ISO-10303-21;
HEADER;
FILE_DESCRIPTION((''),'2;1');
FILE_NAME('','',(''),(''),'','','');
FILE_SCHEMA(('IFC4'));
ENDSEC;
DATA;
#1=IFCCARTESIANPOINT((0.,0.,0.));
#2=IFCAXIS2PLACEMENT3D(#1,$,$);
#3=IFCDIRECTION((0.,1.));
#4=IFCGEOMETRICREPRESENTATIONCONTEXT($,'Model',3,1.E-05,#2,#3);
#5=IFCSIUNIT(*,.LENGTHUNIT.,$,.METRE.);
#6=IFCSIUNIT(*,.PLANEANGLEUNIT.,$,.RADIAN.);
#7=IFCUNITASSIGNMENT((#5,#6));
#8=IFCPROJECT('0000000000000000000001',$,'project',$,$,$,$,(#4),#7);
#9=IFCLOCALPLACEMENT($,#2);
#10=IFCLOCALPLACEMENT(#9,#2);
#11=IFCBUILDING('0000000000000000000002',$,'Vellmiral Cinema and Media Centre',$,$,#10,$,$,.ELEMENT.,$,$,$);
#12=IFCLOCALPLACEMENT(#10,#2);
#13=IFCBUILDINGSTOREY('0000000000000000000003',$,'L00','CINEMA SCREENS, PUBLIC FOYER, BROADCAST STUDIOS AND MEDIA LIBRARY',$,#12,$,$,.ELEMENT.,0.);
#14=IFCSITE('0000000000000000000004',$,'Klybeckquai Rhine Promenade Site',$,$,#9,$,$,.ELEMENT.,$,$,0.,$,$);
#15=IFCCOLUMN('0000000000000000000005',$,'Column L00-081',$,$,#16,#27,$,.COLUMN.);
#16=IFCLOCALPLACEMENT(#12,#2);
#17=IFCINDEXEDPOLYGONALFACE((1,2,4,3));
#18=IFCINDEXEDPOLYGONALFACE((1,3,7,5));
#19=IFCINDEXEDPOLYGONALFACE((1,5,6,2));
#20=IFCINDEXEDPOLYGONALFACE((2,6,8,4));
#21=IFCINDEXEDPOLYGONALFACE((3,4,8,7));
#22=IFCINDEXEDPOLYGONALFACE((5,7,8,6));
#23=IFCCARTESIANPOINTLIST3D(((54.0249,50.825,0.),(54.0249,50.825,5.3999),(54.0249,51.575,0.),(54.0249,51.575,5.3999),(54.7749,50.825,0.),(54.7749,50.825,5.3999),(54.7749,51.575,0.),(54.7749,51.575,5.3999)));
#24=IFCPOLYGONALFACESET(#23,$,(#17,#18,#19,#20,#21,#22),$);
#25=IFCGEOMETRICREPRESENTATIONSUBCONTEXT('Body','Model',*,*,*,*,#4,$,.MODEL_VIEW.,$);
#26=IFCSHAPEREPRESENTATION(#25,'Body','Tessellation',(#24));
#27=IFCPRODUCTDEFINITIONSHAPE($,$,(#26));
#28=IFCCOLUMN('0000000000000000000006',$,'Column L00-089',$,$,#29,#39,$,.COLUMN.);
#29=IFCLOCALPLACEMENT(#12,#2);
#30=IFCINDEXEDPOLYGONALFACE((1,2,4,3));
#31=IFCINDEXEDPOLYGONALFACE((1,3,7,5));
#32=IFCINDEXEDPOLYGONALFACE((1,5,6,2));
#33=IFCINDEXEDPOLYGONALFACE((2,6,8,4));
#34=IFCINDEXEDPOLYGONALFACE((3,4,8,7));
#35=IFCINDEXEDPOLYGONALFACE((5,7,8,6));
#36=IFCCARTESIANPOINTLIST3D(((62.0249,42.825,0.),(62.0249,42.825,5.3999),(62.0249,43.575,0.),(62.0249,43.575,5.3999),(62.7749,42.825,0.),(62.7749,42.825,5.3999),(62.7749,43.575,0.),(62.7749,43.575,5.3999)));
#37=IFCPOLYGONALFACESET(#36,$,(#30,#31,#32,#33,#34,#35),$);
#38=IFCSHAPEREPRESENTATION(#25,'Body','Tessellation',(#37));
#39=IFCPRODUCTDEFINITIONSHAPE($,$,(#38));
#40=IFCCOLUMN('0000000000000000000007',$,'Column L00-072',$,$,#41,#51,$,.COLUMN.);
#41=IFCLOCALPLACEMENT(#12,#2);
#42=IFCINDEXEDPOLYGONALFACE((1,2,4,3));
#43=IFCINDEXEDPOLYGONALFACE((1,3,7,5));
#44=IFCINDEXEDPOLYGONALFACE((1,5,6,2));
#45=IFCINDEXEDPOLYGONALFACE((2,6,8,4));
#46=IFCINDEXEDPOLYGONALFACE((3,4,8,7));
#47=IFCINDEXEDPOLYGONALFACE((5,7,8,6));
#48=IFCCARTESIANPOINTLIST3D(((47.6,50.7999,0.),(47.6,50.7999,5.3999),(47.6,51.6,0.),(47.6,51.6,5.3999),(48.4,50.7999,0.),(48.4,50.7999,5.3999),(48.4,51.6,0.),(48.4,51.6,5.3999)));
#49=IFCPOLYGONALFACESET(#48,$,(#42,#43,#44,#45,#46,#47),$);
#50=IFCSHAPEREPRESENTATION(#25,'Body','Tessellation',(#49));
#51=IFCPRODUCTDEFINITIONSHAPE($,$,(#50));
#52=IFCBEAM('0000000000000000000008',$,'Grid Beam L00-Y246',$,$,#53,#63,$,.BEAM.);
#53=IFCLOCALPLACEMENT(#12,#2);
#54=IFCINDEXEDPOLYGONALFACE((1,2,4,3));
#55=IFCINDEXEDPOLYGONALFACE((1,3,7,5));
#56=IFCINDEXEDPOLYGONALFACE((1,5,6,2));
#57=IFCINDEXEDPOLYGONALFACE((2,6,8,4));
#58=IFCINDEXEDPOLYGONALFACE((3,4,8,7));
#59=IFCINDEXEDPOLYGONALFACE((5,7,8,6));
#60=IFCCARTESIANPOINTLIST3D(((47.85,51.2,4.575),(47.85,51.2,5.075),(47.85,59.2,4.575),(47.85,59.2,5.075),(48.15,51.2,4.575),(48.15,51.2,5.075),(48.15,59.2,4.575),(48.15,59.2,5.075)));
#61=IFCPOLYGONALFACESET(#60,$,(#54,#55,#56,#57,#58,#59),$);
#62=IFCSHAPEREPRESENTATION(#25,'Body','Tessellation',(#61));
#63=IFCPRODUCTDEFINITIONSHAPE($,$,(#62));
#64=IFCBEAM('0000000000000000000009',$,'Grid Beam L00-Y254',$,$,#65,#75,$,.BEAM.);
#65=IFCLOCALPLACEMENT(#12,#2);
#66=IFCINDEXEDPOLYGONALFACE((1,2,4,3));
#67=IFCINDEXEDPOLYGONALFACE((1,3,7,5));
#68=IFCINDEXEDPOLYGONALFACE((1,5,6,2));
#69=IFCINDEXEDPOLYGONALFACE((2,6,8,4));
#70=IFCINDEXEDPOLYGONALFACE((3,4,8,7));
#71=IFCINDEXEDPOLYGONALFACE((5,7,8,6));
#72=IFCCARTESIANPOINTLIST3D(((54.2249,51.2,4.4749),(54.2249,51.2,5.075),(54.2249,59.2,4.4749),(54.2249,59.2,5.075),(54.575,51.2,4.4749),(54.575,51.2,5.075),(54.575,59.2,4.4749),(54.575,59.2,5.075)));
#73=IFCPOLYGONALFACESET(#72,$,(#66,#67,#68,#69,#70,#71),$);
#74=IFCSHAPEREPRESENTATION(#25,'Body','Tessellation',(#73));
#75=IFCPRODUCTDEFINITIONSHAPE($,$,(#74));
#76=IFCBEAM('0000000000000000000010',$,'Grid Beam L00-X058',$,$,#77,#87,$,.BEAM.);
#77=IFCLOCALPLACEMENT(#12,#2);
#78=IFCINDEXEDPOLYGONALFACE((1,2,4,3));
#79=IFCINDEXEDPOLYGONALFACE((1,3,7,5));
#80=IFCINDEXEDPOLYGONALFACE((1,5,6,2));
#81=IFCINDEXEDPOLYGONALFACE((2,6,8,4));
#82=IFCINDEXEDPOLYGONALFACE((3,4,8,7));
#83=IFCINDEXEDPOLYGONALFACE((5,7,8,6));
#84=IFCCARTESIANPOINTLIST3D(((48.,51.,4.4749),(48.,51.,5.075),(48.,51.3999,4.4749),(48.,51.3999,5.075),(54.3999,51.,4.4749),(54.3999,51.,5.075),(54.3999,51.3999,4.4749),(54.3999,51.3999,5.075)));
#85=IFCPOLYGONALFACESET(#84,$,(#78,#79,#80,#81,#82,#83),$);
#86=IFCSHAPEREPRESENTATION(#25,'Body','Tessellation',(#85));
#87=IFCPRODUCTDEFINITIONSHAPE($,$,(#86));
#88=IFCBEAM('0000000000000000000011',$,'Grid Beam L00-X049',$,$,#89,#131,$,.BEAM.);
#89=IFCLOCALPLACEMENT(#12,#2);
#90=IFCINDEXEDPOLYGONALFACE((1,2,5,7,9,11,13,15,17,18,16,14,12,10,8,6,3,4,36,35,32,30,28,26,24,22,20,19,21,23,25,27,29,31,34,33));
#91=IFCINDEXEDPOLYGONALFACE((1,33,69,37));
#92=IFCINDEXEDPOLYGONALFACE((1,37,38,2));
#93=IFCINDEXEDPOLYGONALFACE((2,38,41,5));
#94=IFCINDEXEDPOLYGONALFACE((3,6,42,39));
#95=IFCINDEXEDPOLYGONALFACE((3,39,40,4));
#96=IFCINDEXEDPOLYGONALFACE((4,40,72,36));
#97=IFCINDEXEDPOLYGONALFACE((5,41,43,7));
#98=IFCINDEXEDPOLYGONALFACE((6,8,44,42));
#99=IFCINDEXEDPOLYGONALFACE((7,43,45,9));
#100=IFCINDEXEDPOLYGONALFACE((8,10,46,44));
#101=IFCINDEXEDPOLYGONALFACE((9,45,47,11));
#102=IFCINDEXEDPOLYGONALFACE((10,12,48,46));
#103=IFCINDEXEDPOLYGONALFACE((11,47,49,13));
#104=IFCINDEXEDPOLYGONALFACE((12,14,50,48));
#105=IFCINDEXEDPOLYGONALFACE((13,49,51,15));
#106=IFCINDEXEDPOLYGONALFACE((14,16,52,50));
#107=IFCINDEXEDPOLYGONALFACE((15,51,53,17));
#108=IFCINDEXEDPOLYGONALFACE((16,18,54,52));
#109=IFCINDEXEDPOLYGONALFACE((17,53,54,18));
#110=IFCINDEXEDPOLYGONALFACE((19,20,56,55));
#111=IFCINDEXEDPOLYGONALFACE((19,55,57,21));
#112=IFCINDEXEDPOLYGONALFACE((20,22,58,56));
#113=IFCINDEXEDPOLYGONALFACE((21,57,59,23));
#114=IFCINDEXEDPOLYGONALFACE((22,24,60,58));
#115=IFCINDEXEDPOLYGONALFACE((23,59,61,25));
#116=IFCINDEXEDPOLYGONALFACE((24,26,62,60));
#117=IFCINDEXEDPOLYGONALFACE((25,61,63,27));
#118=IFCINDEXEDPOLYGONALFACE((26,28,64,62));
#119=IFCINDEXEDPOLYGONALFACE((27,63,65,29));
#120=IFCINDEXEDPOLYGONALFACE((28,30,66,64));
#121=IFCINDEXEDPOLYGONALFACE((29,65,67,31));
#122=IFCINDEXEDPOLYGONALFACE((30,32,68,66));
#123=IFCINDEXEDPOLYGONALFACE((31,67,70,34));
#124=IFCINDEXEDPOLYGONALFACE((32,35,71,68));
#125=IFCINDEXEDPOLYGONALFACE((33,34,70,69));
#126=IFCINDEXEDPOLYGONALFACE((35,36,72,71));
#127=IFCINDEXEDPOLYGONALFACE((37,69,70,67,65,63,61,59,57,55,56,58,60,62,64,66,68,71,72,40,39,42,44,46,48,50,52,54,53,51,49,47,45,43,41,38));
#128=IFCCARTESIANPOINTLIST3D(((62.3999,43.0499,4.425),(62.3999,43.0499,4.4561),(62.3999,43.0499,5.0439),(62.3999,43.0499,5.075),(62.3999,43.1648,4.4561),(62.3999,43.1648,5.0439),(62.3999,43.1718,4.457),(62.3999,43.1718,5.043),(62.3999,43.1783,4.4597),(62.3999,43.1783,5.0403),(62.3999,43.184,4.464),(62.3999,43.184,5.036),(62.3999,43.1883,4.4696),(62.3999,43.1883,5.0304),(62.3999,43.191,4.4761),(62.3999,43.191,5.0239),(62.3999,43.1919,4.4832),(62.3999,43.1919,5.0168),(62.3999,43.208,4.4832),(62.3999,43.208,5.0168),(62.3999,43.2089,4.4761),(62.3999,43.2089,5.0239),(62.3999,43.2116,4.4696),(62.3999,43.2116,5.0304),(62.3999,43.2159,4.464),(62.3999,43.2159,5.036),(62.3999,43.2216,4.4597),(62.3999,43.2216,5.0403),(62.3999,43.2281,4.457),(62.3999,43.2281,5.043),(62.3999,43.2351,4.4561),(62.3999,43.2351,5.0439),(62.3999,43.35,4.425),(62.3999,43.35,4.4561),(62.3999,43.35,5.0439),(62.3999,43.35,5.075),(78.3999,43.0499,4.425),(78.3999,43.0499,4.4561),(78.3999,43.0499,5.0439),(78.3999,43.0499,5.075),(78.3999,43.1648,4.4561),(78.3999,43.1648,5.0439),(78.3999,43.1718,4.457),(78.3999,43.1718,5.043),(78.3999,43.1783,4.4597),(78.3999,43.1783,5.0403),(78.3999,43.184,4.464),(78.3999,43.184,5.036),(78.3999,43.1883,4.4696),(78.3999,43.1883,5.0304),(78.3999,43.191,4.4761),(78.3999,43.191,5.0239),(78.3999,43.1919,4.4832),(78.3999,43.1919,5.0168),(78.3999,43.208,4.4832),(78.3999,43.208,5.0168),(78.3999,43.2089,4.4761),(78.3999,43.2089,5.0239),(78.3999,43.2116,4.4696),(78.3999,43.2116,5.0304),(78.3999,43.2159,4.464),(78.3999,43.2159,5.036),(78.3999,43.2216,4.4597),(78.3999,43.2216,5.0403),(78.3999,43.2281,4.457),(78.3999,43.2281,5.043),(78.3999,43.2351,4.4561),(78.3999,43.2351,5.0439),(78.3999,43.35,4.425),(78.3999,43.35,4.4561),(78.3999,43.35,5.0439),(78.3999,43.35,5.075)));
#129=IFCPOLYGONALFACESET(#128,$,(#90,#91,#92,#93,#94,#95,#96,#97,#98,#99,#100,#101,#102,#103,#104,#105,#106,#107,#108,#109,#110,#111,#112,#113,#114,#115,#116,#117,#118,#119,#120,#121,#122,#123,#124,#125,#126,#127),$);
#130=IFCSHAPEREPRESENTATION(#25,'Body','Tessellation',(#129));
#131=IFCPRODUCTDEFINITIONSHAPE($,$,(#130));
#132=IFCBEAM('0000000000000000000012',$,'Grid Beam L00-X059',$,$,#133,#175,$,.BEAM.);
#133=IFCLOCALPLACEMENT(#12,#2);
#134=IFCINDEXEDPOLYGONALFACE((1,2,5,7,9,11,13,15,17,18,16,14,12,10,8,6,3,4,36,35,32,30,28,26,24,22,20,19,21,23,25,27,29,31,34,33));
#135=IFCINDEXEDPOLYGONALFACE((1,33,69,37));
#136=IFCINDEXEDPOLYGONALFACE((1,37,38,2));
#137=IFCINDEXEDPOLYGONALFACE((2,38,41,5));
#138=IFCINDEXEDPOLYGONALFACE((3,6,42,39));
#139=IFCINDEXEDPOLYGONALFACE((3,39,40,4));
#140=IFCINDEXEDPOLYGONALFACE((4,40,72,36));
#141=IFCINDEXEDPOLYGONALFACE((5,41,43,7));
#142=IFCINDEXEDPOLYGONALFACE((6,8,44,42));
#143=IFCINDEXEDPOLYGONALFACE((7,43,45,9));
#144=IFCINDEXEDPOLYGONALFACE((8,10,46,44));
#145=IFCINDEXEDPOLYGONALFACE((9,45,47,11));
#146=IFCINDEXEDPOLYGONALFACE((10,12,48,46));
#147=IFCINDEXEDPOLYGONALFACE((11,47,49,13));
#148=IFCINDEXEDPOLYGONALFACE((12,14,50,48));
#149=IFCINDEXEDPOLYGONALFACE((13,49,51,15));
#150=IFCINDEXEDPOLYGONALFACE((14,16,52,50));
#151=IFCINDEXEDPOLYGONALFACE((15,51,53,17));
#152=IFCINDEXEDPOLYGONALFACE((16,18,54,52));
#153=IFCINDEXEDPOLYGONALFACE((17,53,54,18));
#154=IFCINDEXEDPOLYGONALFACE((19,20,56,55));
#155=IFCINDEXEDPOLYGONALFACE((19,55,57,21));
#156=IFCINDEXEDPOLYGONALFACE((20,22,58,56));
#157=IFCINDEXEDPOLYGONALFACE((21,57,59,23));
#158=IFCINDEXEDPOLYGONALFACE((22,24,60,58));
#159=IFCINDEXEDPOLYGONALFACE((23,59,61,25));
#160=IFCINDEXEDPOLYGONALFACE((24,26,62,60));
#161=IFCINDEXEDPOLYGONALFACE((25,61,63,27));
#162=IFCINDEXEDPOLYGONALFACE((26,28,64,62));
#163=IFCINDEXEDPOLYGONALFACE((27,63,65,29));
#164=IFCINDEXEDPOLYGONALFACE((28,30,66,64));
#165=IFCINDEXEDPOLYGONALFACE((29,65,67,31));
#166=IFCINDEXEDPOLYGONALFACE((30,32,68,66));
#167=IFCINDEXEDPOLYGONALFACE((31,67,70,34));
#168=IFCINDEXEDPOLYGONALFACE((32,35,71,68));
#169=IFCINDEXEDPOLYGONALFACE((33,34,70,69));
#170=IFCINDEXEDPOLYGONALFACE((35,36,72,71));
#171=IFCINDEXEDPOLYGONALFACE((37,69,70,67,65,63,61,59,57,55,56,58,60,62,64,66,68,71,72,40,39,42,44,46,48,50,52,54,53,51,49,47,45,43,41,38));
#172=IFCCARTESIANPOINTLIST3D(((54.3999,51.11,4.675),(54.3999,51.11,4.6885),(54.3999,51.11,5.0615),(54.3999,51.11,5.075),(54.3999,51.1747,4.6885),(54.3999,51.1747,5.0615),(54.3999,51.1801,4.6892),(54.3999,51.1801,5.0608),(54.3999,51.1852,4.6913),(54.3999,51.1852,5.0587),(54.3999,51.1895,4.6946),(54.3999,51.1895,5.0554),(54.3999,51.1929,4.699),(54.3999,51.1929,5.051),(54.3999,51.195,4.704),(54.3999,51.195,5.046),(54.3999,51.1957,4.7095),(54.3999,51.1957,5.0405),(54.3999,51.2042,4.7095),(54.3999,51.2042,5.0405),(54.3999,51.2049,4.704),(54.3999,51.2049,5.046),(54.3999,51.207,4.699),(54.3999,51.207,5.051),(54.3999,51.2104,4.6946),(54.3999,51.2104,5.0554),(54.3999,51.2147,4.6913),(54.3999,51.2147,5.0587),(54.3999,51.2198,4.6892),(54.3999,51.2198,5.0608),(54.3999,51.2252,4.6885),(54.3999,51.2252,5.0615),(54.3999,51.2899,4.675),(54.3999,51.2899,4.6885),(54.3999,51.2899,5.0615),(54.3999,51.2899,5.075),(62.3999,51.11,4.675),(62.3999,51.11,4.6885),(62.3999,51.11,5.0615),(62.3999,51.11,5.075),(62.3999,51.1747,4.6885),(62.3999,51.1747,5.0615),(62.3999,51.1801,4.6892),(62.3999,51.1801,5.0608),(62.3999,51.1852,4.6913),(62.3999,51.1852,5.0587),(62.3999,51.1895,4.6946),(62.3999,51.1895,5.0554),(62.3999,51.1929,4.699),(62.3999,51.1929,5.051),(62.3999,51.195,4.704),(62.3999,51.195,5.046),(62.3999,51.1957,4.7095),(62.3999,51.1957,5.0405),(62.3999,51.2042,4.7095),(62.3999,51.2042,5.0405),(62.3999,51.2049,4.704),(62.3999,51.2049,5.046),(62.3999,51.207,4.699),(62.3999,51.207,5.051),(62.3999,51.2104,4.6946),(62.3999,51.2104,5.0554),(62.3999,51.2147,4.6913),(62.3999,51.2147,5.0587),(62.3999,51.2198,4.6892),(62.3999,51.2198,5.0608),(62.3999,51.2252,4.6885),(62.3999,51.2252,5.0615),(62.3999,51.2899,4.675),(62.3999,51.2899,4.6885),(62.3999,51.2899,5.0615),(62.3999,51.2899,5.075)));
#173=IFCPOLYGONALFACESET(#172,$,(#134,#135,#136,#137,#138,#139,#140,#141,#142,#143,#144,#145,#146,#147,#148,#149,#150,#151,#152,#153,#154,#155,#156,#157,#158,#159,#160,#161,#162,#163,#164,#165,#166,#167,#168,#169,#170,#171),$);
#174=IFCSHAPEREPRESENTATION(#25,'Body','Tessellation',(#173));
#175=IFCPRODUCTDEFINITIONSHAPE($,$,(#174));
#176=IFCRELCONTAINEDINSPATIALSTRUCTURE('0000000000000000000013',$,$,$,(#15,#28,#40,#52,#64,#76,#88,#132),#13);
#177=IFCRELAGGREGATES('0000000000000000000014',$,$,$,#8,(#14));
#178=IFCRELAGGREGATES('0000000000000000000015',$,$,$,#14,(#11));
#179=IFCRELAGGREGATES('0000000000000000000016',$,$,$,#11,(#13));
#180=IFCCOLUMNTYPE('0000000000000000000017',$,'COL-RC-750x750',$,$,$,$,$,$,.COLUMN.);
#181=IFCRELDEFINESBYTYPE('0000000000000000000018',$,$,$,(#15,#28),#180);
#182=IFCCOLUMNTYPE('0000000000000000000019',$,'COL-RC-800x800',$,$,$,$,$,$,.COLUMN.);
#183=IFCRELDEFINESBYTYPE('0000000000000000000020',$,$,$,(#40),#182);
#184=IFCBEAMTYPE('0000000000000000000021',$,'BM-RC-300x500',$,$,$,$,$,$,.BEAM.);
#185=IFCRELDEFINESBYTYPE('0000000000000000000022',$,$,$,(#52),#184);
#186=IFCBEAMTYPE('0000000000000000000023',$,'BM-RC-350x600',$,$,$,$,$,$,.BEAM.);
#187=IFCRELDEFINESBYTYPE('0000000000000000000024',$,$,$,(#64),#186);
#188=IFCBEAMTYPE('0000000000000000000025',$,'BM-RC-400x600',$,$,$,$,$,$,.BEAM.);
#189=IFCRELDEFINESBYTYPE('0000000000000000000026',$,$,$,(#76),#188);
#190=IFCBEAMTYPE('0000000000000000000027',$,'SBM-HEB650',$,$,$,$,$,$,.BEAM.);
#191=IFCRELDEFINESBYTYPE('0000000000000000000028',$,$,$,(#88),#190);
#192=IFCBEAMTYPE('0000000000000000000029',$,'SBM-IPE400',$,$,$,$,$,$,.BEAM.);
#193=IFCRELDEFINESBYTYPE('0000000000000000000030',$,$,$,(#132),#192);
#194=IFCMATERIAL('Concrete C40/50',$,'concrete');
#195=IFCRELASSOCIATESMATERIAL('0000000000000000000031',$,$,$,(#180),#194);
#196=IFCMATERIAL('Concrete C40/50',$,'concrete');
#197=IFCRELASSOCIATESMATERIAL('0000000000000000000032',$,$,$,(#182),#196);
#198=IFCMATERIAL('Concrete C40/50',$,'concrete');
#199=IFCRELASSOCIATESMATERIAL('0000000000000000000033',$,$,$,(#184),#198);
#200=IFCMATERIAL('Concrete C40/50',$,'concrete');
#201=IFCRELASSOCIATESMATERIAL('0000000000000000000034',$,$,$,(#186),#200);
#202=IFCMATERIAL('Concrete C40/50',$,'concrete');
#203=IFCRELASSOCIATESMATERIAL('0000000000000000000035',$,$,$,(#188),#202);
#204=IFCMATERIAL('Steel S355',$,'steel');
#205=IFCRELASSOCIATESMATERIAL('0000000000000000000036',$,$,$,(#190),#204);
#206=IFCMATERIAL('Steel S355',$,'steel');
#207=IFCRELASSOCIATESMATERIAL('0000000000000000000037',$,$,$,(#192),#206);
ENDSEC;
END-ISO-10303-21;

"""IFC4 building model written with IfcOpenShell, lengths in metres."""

from ifc_helpers import new_model, si_unit, direction, frame, origin, origin_2d, place, context, subcontext, project, spatial, rectangle, i_section, extrude, material, material_profile, profile_set, type_object, element, save


model = new_model("IFC4")

# Units and contexts
model_context = context("Model", 3, precision=1e-05, world=origin(), true_north=direction((0.0, 1.0)))
body_context = subcontext(model_context, "Body", "Model", "MODEL_VIEW")
ifc_project = project(units=[si_unit("LENGTHUNIT", "METRE"), si_unit("PLANEANGLEUNIT", "RADIAN")], contexts=[model_context])

# Site, building, storey
site_placement = place(None, origin())
site = spatial("IfcSite", under=ifc_project, at=site_placement, Name="Klybeckquai Rhine Promenade Site", CompositionType="ELEMENT", RefElevation=0.0)
building_placement = place(site_placement, origin())
building = spatial("IfcBuilding", under=site, at=building_placement, Name="Vellmiral Cinema and Media Centre", CompositionType="ELEMENT")
storey_placement = place(building_placement, origin())
storey = spatial("IfcBuildingStorey", under=building, at=storey_placement, Name="L00", Description="CINEMA SCREENS, PUBLIC FOYER, BROADCAST STUDIOS AND MEDIA LIBRARY", CompositionType="ELEMENT", Elevation=0.0)

# Columns
ifc_material_1 = material(Name="Concrete C40/50", Category="concrete")
ifc_material_profile_1 = material_profile(ifc_material_1, rectangle(XDim=0.75, YDim=0.75, at=origin_2d()), Name="RC 750x750")
ifc_profile_set_1 = profile_set([ifc_material_profile_1], Name="Concrete C40/50")
column_type_1 = type_object("IfcColumnType", Name="COL-RC-750x750", PredefinedType="COLUMN", material=ifc_profile_set_1)
for number, where, z_axis, x_axis, name in (
    (1, (54.3999, 51.2, 0.0), (0.0, 0.0, 1.0), (1.0, 0.0, 0.0), "Column L00-081"),
    (2, (62.3999, 43.2, 0.0), (0.0, 0.0, 1.0), (1.0, 0.0, 0.0), "Column L00-089"),
):
    element("IfcColumn", number, at=place(storey_placement, frame(where, z_axis=z_axis, x_axis=x_axis)), inside=storey, type_object=column_type_1, Name=name, PredefinedType="COLUMN", context=body_context, shape_type="SweptSolid", body=[
        extrude(rectangle(XDim=0.75, YDim=0.75, at=origin_2d()), origin(), (0.0, 0.0, 1.0), 5.3999),
    ])
ifc_material_2 = material(Name="Concrete C40/50", Category="concrete")
ifc_material_profile_2 = material_profile(ifc_material_2, rectangle(XDim=0.8, YDim=0.8, at=origin_2d()), Name="RC 800x800")
ifc_profile_set_2 = profile_set([ifc_material_profile_2], Name="Concrete C40/50")
column_type_2 = type_object("IfcColumnType", Name="COL-RC-800x800", PredefinedType="COLUMN", material=ifc_profile_set_2)
column_placement = place(storey_placement, frame((48.0, 51.2, 0.0), z_axis=(0.0, 0.0, 1.0), x_axis=(1.0, 0.0, 0.0)))
element("IfcColumn", 3, at=column_placement, inside=storey, type_object=column_type_2, Name="Column L00-072", PredefinedType="COLUMN", context=body_context, shape_type="SweptSolid", body=[
    extrude(rectangle(XDim=0.8, YDim=0.8, at=origin_2d()), origin(), (0.0, 0.0, 1.0), 5.3999),
])

# Beams
ifc_material_3 = material(Name="Concrete C40/50", Category="concrete")
ifc_material_profile_3 = material_profile(ifc_material_3, rectangle(XDim=0.3, YDim=0.5, at=origin_2d()), Name="RC 300x500")
ifc_profile_set_3 = profile_set([ifc_material_profile_3], Name="Concrete C40/50")
beam_type_1 = type_object("IfcBeamType", Name="BM-RC-300x500", PredefinedType="BEAM", material=ifc_profile_set_3)
beam_1_placement = place(storey_placement, frame((48.0, 51.2, 4.825), z_axis=(0.0, 1.0, 0.0), x_axis=(-1.0, 0.0, 0.0)))
element("IfcBeam", 4, at=beam_1_placement, inside=storey, type_object=beam_type_1, Name="Grid Beam L00-Y246", PredefinedType="BEAM", context=body_context, shape_type="SweptSolid", body=[
    extrude(rectangle(XDim=0.3, YDim=0.5, at=origin_2d()), origin(), (0.0, 0.0, 1.0), 8.0),
])
ifc_material_4 = material(Name="Concrete C40/50", Category="concrete")
ifc_material_profile_4 = material_profile(ifc_material_4, rectangle(XDim=0.3501, YDim=0.6001, at=origin_2d()), Name="RC 350x600")
ifc_profile_set_4 = profile_set([ifc_material_profile_4], Name="Concrete C40/50")
beam_type_2 = type_object("IfcBeamType", Name="BM-RC-350x600", PredefinedType="BEAM", material=ifc_profile_set_4)
beam_2_placement = place(storey_placement, frame((54.3999, 51.2, 4.7749), z_axis=(0.0, 1.0, 0.0), x_axis=(-1.0, 0.0, 0.0)))
element("IfcBeam", 5, at=beam_2_placement, inside=storey, type_object=beam_type_2, Name="Grid Beam L00-Y254", PredefinedType="BEAM", context=body_context, shape_type="SweptSolid", body=[
    extrude(rectangle(XDim=0.3501, YDim=0.6001, at=origin_2d()), origin(), (0.0, 0.0, 1.0), 8.0),
])
ifc_material_5 = material(Name="Concrete C40/50", Category="concrete")
ifc_material_profile_5 = material_profile(ifc_material_5, rectangle(XDim=0.3999, YDim=0.6001, at=origin_2d()), Name="RC 400x600")
ifc_profile_set_5 = profile_set([ifc_material_profile_5], Name="Concrete C40/50")
beam_type_3 = type_object("IfcBeamType", Name="BM-RC-400x600", PredefinedType="BEAM", material=ifc_profile_set_5)
beam_3_placement = place(storey_placement, frame((48.0, 51.2, 4.7749), z_axis=(1.0, 0.0, 0.0), x_axis=(0.0, 1.0, 0.0)))
element("IfcBeam", 6, at=beam_3_placement, inside=storey, type_object=beam_type_3, Name="Grid Beam L00-X058", PredefinedType="BEAM", context=body_context, shape_type="SweptSolid", body=[
    extrude(rectangle(XDim=0.3999, YDim=0.6001, at=origin_2d()), origin(), (0.0, 0.0, 1.0), 6.3999),
])
ifc_material_6 = material(Name="Steel S355", Category="steel")
ifc_material_profile_6 = material_profile(ifc_material_6, i_section(OverallWidth=0.3, OverallDepth=0.6499, WebThickness=0.0161, FlangeThickness=0.031, FilletRadius=0.0271, at=origin_2d()), Name="HEB 650")
ifc_profile_set_6 = profile_set([ifc_material_profile_6], Name="Steel S355")
beam_type_4 = type_object("IfcBeamType", Name="SBM-HEB650", PredefinedType="BEAM", material=ifc_profile_set_6)
beam_4_placement = place(storey_placement, frame((62.3999, 43.2, 4.75), z_axis=(1.0, 0.0, 0.0), x_axis=(0.0, 1.0, 0.0)))
element("IfcBeam", 7, at=beam_4_placement, inside=storey, type_object=beam_type_4, Name="Grid Beam L00-X049", PredefinedType="BEAM", context=body_context, shape_type="SweptSolid", body=[
    extrude(i_section(OverallWidth=0.3, OverallDepth=0.6499, WebThickness=0.0161, FlangeThickness=0.031, FilletRadius=0.0271, at=origin_2d()), origin(), (0.0, 0.0, 1.0), 16.0),
])
ifc_material_7 = material(Name="Steel S355", Category="steel")
ifc_material_profile_7 = material_profile(ifc_material_7, i_section(OverallWidth=0.1799, OverallDepth=0.3999, WebThickness=0.0085, FlangeThickness=0.0134, FilletRadius=0.021, at=origin_2d()), Name="IPE 400")
ifc_profile_set_7 = profile_set([ifc_material_profile_7], Name="Steel S355")
beam_type_5 = type_object("IfcBeamType", Name="SBM-IPE400", PredefinedType="BEAM", material=ifc_profile_set_7)
beam_5_placement = place(storey_placement, frame((54.3999, 51.2, 4.875), z_axis=(1.0, 0.0, 0.0), x_axis=(0.0, 1.0, 0.0)))
element("IfcBeam", 8, at=beam_5_placement, inside=storey, type_object=beam_type_5, Name="Grid Beam L00-X059", PredefinedType="BEAM", context=body_context, shape_type="SweptSolid", body=[
    extrude(i_section(OverallWidth=0.1799, OverallDepth=0.3999, WebThickness=0.0085, FlangeThickness=0.0134, FilletRadius=0.021, at=origin_2d()), origin(), (0.0, 0.0, 1.0), 8.0),
])

save(model, "model.ifc")
